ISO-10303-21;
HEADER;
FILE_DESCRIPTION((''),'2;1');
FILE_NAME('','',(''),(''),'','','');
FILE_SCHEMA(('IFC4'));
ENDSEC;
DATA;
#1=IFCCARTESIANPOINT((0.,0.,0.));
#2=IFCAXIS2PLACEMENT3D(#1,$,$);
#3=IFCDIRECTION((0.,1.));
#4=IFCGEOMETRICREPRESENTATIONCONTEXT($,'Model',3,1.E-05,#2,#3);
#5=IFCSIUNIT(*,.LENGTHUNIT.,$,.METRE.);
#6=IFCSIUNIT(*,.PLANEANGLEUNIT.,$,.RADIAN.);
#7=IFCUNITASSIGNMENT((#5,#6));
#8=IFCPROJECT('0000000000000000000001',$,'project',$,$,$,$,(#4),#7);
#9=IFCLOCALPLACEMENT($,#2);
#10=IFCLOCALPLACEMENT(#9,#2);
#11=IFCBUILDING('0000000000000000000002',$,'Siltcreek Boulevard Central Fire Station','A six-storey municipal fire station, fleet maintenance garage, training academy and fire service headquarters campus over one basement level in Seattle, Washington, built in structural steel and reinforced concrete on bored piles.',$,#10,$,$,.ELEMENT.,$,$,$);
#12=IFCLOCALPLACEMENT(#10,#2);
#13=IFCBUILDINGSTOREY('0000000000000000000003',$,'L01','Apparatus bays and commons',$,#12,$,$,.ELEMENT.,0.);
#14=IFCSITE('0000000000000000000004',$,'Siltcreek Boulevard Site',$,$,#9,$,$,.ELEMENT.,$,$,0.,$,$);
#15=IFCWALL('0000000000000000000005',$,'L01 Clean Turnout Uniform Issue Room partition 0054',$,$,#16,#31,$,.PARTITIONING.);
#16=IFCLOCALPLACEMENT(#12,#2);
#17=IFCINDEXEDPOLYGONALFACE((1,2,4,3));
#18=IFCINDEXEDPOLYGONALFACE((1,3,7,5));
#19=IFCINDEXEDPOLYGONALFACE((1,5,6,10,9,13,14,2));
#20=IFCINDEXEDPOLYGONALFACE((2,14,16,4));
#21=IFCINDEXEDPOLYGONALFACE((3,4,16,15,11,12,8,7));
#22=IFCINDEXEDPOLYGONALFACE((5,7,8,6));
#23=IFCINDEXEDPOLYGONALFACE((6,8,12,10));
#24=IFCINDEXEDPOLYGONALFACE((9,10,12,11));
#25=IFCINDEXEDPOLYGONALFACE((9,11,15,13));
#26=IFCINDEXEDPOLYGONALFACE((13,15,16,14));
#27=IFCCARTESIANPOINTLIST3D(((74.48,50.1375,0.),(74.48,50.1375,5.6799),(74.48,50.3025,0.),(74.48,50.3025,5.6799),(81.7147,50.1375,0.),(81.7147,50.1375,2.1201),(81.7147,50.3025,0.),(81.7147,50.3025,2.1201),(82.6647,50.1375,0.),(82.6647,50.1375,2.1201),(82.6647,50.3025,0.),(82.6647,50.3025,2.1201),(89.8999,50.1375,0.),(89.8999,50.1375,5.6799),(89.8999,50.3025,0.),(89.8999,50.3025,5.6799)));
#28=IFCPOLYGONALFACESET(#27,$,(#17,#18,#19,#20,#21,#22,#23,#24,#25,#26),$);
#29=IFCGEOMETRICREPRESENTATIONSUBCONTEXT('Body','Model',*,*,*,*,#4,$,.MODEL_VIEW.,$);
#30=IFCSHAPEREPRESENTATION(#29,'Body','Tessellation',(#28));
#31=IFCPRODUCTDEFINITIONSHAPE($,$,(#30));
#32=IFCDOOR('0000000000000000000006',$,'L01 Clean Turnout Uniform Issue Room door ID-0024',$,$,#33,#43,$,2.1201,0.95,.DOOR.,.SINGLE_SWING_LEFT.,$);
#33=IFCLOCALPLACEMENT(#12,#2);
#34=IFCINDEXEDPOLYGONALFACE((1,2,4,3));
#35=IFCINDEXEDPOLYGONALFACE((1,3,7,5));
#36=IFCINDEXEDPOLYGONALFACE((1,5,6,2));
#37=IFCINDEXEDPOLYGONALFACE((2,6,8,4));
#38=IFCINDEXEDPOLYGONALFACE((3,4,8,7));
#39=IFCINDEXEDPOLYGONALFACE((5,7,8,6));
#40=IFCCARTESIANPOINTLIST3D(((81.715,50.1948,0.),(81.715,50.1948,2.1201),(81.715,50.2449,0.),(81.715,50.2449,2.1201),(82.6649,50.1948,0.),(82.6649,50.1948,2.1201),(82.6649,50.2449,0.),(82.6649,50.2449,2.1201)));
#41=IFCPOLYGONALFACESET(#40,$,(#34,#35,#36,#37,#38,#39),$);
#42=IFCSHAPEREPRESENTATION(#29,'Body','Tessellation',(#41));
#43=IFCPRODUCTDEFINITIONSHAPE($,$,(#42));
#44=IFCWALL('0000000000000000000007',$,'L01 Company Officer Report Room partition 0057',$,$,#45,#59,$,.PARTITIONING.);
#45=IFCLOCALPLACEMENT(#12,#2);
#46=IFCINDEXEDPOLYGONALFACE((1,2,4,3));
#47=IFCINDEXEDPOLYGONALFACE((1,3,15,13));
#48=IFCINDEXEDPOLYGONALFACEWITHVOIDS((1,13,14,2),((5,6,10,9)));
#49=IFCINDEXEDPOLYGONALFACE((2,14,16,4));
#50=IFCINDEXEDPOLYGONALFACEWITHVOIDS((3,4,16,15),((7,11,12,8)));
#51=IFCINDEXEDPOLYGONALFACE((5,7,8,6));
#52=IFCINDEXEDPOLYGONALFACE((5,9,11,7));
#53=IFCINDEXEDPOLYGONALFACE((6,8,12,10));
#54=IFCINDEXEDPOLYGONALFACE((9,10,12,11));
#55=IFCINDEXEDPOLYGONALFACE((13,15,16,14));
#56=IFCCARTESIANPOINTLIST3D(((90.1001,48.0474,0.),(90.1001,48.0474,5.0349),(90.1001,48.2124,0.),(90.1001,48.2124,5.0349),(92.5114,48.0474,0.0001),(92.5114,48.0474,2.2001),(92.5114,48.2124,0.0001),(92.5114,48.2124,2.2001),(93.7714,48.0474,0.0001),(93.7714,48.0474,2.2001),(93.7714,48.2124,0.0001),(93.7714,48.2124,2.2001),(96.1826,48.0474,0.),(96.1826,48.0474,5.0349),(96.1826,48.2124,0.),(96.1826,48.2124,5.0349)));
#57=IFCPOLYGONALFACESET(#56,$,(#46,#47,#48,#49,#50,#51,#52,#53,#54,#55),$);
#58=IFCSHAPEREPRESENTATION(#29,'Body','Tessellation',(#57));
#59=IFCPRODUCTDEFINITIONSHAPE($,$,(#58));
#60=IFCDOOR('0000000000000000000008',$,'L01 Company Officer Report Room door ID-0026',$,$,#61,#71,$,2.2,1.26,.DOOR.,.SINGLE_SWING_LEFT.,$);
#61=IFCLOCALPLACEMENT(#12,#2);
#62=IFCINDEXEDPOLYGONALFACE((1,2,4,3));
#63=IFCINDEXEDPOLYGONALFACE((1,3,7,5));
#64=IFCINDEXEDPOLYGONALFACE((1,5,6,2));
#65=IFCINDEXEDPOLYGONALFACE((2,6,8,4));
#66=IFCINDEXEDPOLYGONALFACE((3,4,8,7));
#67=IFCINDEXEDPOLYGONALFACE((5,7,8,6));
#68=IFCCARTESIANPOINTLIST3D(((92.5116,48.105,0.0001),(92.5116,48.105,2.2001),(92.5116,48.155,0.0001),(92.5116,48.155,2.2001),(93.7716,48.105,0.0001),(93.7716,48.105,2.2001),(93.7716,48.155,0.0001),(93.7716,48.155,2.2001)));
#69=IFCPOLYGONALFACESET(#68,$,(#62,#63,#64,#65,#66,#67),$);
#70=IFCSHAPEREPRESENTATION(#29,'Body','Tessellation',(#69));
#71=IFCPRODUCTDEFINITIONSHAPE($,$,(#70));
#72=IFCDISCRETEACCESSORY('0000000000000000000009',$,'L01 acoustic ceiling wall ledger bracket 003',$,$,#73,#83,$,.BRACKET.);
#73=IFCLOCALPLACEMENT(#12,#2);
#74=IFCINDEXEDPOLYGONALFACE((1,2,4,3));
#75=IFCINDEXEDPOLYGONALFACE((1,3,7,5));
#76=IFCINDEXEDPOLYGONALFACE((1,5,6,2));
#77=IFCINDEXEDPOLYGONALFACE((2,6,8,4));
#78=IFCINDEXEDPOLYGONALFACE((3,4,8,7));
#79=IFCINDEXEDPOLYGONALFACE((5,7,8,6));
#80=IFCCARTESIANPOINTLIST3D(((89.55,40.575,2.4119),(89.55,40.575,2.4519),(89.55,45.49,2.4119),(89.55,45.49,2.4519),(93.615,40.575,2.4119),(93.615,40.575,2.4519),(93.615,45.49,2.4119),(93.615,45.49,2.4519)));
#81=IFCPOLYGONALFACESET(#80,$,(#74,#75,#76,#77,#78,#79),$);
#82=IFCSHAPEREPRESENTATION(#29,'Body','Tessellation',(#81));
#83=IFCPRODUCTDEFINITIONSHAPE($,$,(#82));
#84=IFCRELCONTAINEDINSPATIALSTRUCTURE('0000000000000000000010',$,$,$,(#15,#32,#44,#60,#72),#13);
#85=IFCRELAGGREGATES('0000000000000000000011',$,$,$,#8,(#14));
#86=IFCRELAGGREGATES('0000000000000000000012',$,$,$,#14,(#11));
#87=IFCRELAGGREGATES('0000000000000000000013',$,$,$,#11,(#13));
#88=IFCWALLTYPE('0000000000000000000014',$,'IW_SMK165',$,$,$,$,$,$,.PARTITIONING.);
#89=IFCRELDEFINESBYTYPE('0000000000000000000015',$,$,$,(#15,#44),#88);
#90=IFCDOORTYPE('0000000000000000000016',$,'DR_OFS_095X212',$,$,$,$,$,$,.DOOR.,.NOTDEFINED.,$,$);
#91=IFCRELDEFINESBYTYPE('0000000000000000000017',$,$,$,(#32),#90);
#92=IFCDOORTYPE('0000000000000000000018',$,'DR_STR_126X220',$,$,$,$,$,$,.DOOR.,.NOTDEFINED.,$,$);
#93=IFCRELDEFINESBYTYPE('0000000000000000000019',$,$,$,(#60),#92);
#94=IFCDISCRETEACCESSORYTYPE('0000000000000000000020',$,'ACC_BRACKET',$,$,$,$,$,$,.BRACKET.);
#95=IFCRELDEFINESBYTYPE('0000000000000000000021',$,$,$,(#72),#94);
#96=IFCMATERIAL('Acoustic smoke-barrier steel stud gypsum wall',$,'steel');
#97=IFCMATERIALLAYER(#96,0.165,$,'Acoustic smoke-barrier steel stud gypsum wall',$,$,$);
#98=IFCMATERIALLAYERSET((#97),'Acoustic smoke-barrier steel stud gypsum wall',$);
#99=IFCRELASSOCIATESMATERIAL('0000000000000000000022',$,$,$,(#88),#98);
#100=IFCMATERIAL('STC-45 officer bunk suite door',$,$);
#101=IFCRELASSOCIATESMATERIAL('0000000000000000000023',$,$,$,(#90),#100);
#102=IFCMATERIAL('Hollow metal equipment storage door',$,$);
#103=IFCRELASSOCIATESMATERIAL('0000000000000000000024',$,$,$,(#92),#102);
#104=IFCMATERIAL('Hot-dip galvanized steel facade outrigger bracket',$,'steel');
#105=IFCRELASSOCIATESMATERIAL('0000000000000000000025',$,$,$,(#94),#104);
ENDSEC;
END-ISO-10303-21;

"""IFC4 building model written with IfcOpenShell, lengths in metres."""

from ifc_helpers import new_model, si_unit, direction, frame, frame_2d, origin, origin_2d, place, context, subcontext, project, spatial, rectangle, extrude, material, layer, layer_set, type_object, element, fill, save


model = new_model("IFC4")

# Units and contexts
model_context = context("Model", 3, precision=1e-05, world=origin(), true_north=direction((0.0, 1.0)))
body_context = subcontext(model_context, "Body", "Model", "MODEL_VIEW")
ifc_project = project(units=[si_unit("LENGTHUNIT", "METRE"), si_unit("PLANEANGLEUNIT", "RADIAN")], contexts=[model_context])

# Site, building, storey
site_placement = place(None, origin())
site = spatial("IfcSite", under=ifc_project, at=site_placement, Name="Siltcreek Boulevard Site", CompositionType="ELEMENT", RefElevation=0.0)
building_placement = place(site_placement, origin())
building = spatial("IfcBuilding", under=site, at=building_placement, Name="Siltcreek Boulevard Central Fire Station", Description="A six-storey municipal fire station, fleet maintenance garage, training academy and fire service headquarters campus over one basement level in Seattle, Washington, built in structural steel and reinforced concrete on bored piles.", CompositionType="ELEMENT")
storey_placement = place(building_placement, origin())
storey = spatial("IfcBuildingStorey", under=building, at=storey_placement, Name="L01", Description="Apparatus bays and commons", CompositionType="ELEMENT", Elevation=0.0)

# Walls, openings, doors
ifc_material_1 = material(Name="Acoustic smoke-barrier steel stud gypsum wall", Category="steel")
ifc_layer_1 = layer(ifc_material_1, 0.165, Name="Acoustic smoke-barrier steel stud gypsum wall")
ifc_layer_set_1 = layer_set([ifc_layer_1], Name="Acoustic smoke-barrier steel stud gypsum wall")
wall_type_1 = type_object("IfcWallType", Name="IW_SMK165", PredefinedType="PARTITIONING", material=ifc_layer_set_1)
wall_1_placement = place(storey_placement, frame((89.8999, 50.22, 0.0), z_axis=(0.0, 0.0, 1.0), x_axis=(-1.0, 0.0, 0.0)))
wall_1 = element("IfcWall", 1, at=wall_1_placement, inside=storey, type_object=wall_type_1, Name="L01 Clean Turnout Uniform Issue Room partition 0054", PredefinedType="PARTITIONING", context=body_context, shape_type="SweptSolid", body=[
    extrude(rectangle(XDim=15.4199, YDim=0.165, at=frame_2d((7.71, 0.0))), origin(), (0.0, 0.0, 1.0), 5.6799),
])
opening_1_placement = place(wall_1_placement, frame((7.2351, 0.0, 0.0)))
opening_1 = element("IfcOpeningElement", 2, at=opening_1_placement, cuts=wall_1, PredefinedType="OPENING", context=body_context, shape_type="SweptSolid", body=[
    extrude(rectangle(XDim=0.95, YDim=2.1201, at=frame_2d((0.4751, 1.0601))), frame((0.0, 0.0925, 0.0), z_axis=(0.0, -1.0, 0.0), x_axis=(1.0, 0.0, 0.0)), (0.0, 0.0, 1.0), 0.1851),
])
ifc_material_2 = material(Name="STC-45 officer bunk suite door")
door_type_1 = type_object("IfcDoorType", Name="DR_OFS_095X212", OperationType="NOTDEFINED", PredefinedType="DOOR", material=ifc_material_2)
door_1_placement = place(opening_1_placement, frame((0.95, 0.0, 0.0), z_axis=(0.0, 0.0, 1.0), x_axis=(-1.0, 0.0, 0.0)))
door_1 = element("IfcDoor", 3, at=door_1_placement, inside=storey, type_object=door_type_1, Name="L01 Clean Turnout Uniform Issue Room door ID-0024", OperationType="SINGLE_SWING_LEFT", OverallHeight=2.1201, OverallWidth=0.95, PredefinedType="DOOR", context=body_context, shape_type="SweptSolid", body=[
    extrude(rectangle(XDim=0.95, YDim=2.1201, at=frame_2d((0.4751, 1.0601))), frame((0.0, 0.0249, 0.0), z_axis=(0.0, -1.0, 0.0), x_axis=(1.0, 0.0, 0.0)), (0.0, 0.0, 1.0), 0.05),
])
fill(opening_1, door_1)
wall_2_placement = place(storey_placement, frame((90.1001, 48.1299, 0.0), z_axis=(0.0, 0.0, 1.0), x_axis=(1.0, 0.0, 0.0)))
wall_2 = element("IfcWall", 4, at=wall_2_placement, inside=storey, type_object=wall_type_1, Name="L01 Company Officer Report Room partition 0057", PredefinedType="PARTITIONING", context=body_context, shape_type="SweptSolid", body=[
    extrude(rectangle(XDim=6.0825, YDim=0.165, at=frame_2d((3.0413, 0.0))), origin(), (0.0, 0.0, 1.0), 5.0349),
])
opening_2_placement = place(wall_2_placement, frame((2.4114, 0.0, 0.0)))
opening_2 = element("IfcOpeningElement", 5, at=opening_2_placement, cuts=wall_2, PredefinedType="OPENING", context=body_context, shape_type="SweptSolid", body=[
    extrude(rectangle(XDim=1.26, YDim=2.2, at=frame_2d((0.6299, 1.1001))), frame((0.0, 0.0925, 0.0), z_axis=(0.0, -1.0, 0.0), x_axis=(1.0, 0.0, 0.0)), (0.0, 0.0, 1.0), 0.1851),
])
ifc_material_3 = material(Name="Hollow metal equipment storage door")
door_type_2 = type_object("IfcDoorType", Name="DR_STR_126X220", OperationType="NOTDEFINED", PredefinedType="DOOR", material=ifc_material_3)
door_2_placement = place(opening_2_placement, frame((1.26, 0.0, 0.0), z_axis=(0.0, 0.0, 1.0), x_axis=(-1.0, 0.0, 0.0)))
door_2 = element("IfcDoor", 6, at=door_2_placement, inside=storey, type_object=door_type_2, Name="L01 Company Officer Report Room door ID-0026", OperationType="SINGLE_SWING_LEFT", OverallHeight=2.2, OverallWidth=1.26, PredefinedType="DOOR", context=body_context, shape_type="SweptSolid", body=[
    extrude(rectangle(XDim=1.26, YDim=2.2, at=frame_2d((0.6299, 1.1001))), frame((0.0, 0.0249, 0.0), z_axis=(0.0, -1.0, 0.0), x_axis=(1.0, 0.0, 0.0)), (0.0, 0.0, 1.0), 0.05),
])
fill(opening_2, door_2)

# Discrete accessory
ifc_material_4 = material(Name="Hot-dip galvanized steel facade outrigger bracket", Category="steel")
discrete_accessory_type = type_object("IfcDiscreteAccessoryType", Name="ACC_BRACKET", PredefinedType="BRACKET", material=ifc_material_4)
discrete_accessory_placement = place(storey_placement, frame((91.5825, 43.0325, 2.4119), z_axis=(0.0, 0.0, 1.0), x_axis=(1.0, 0.0, 0.0)))
element("IfcDiscreteAccessory", 7, at=discrete_accessory_placement, inside=storey, type_object=discrete_accessory_type, Name="L01 acoustic ceiling wall ledger bracket 003", PredefinedType="BRACKET", context=body_context, shape_type="SweptSolid", body=[
    extrude(rectangle(XDim=4.0649, YDim=4.915, at=origin_2d()), origin(), (0.0, 0.0, 1.0), 0.04),
])

save(model, "model.ifc")
